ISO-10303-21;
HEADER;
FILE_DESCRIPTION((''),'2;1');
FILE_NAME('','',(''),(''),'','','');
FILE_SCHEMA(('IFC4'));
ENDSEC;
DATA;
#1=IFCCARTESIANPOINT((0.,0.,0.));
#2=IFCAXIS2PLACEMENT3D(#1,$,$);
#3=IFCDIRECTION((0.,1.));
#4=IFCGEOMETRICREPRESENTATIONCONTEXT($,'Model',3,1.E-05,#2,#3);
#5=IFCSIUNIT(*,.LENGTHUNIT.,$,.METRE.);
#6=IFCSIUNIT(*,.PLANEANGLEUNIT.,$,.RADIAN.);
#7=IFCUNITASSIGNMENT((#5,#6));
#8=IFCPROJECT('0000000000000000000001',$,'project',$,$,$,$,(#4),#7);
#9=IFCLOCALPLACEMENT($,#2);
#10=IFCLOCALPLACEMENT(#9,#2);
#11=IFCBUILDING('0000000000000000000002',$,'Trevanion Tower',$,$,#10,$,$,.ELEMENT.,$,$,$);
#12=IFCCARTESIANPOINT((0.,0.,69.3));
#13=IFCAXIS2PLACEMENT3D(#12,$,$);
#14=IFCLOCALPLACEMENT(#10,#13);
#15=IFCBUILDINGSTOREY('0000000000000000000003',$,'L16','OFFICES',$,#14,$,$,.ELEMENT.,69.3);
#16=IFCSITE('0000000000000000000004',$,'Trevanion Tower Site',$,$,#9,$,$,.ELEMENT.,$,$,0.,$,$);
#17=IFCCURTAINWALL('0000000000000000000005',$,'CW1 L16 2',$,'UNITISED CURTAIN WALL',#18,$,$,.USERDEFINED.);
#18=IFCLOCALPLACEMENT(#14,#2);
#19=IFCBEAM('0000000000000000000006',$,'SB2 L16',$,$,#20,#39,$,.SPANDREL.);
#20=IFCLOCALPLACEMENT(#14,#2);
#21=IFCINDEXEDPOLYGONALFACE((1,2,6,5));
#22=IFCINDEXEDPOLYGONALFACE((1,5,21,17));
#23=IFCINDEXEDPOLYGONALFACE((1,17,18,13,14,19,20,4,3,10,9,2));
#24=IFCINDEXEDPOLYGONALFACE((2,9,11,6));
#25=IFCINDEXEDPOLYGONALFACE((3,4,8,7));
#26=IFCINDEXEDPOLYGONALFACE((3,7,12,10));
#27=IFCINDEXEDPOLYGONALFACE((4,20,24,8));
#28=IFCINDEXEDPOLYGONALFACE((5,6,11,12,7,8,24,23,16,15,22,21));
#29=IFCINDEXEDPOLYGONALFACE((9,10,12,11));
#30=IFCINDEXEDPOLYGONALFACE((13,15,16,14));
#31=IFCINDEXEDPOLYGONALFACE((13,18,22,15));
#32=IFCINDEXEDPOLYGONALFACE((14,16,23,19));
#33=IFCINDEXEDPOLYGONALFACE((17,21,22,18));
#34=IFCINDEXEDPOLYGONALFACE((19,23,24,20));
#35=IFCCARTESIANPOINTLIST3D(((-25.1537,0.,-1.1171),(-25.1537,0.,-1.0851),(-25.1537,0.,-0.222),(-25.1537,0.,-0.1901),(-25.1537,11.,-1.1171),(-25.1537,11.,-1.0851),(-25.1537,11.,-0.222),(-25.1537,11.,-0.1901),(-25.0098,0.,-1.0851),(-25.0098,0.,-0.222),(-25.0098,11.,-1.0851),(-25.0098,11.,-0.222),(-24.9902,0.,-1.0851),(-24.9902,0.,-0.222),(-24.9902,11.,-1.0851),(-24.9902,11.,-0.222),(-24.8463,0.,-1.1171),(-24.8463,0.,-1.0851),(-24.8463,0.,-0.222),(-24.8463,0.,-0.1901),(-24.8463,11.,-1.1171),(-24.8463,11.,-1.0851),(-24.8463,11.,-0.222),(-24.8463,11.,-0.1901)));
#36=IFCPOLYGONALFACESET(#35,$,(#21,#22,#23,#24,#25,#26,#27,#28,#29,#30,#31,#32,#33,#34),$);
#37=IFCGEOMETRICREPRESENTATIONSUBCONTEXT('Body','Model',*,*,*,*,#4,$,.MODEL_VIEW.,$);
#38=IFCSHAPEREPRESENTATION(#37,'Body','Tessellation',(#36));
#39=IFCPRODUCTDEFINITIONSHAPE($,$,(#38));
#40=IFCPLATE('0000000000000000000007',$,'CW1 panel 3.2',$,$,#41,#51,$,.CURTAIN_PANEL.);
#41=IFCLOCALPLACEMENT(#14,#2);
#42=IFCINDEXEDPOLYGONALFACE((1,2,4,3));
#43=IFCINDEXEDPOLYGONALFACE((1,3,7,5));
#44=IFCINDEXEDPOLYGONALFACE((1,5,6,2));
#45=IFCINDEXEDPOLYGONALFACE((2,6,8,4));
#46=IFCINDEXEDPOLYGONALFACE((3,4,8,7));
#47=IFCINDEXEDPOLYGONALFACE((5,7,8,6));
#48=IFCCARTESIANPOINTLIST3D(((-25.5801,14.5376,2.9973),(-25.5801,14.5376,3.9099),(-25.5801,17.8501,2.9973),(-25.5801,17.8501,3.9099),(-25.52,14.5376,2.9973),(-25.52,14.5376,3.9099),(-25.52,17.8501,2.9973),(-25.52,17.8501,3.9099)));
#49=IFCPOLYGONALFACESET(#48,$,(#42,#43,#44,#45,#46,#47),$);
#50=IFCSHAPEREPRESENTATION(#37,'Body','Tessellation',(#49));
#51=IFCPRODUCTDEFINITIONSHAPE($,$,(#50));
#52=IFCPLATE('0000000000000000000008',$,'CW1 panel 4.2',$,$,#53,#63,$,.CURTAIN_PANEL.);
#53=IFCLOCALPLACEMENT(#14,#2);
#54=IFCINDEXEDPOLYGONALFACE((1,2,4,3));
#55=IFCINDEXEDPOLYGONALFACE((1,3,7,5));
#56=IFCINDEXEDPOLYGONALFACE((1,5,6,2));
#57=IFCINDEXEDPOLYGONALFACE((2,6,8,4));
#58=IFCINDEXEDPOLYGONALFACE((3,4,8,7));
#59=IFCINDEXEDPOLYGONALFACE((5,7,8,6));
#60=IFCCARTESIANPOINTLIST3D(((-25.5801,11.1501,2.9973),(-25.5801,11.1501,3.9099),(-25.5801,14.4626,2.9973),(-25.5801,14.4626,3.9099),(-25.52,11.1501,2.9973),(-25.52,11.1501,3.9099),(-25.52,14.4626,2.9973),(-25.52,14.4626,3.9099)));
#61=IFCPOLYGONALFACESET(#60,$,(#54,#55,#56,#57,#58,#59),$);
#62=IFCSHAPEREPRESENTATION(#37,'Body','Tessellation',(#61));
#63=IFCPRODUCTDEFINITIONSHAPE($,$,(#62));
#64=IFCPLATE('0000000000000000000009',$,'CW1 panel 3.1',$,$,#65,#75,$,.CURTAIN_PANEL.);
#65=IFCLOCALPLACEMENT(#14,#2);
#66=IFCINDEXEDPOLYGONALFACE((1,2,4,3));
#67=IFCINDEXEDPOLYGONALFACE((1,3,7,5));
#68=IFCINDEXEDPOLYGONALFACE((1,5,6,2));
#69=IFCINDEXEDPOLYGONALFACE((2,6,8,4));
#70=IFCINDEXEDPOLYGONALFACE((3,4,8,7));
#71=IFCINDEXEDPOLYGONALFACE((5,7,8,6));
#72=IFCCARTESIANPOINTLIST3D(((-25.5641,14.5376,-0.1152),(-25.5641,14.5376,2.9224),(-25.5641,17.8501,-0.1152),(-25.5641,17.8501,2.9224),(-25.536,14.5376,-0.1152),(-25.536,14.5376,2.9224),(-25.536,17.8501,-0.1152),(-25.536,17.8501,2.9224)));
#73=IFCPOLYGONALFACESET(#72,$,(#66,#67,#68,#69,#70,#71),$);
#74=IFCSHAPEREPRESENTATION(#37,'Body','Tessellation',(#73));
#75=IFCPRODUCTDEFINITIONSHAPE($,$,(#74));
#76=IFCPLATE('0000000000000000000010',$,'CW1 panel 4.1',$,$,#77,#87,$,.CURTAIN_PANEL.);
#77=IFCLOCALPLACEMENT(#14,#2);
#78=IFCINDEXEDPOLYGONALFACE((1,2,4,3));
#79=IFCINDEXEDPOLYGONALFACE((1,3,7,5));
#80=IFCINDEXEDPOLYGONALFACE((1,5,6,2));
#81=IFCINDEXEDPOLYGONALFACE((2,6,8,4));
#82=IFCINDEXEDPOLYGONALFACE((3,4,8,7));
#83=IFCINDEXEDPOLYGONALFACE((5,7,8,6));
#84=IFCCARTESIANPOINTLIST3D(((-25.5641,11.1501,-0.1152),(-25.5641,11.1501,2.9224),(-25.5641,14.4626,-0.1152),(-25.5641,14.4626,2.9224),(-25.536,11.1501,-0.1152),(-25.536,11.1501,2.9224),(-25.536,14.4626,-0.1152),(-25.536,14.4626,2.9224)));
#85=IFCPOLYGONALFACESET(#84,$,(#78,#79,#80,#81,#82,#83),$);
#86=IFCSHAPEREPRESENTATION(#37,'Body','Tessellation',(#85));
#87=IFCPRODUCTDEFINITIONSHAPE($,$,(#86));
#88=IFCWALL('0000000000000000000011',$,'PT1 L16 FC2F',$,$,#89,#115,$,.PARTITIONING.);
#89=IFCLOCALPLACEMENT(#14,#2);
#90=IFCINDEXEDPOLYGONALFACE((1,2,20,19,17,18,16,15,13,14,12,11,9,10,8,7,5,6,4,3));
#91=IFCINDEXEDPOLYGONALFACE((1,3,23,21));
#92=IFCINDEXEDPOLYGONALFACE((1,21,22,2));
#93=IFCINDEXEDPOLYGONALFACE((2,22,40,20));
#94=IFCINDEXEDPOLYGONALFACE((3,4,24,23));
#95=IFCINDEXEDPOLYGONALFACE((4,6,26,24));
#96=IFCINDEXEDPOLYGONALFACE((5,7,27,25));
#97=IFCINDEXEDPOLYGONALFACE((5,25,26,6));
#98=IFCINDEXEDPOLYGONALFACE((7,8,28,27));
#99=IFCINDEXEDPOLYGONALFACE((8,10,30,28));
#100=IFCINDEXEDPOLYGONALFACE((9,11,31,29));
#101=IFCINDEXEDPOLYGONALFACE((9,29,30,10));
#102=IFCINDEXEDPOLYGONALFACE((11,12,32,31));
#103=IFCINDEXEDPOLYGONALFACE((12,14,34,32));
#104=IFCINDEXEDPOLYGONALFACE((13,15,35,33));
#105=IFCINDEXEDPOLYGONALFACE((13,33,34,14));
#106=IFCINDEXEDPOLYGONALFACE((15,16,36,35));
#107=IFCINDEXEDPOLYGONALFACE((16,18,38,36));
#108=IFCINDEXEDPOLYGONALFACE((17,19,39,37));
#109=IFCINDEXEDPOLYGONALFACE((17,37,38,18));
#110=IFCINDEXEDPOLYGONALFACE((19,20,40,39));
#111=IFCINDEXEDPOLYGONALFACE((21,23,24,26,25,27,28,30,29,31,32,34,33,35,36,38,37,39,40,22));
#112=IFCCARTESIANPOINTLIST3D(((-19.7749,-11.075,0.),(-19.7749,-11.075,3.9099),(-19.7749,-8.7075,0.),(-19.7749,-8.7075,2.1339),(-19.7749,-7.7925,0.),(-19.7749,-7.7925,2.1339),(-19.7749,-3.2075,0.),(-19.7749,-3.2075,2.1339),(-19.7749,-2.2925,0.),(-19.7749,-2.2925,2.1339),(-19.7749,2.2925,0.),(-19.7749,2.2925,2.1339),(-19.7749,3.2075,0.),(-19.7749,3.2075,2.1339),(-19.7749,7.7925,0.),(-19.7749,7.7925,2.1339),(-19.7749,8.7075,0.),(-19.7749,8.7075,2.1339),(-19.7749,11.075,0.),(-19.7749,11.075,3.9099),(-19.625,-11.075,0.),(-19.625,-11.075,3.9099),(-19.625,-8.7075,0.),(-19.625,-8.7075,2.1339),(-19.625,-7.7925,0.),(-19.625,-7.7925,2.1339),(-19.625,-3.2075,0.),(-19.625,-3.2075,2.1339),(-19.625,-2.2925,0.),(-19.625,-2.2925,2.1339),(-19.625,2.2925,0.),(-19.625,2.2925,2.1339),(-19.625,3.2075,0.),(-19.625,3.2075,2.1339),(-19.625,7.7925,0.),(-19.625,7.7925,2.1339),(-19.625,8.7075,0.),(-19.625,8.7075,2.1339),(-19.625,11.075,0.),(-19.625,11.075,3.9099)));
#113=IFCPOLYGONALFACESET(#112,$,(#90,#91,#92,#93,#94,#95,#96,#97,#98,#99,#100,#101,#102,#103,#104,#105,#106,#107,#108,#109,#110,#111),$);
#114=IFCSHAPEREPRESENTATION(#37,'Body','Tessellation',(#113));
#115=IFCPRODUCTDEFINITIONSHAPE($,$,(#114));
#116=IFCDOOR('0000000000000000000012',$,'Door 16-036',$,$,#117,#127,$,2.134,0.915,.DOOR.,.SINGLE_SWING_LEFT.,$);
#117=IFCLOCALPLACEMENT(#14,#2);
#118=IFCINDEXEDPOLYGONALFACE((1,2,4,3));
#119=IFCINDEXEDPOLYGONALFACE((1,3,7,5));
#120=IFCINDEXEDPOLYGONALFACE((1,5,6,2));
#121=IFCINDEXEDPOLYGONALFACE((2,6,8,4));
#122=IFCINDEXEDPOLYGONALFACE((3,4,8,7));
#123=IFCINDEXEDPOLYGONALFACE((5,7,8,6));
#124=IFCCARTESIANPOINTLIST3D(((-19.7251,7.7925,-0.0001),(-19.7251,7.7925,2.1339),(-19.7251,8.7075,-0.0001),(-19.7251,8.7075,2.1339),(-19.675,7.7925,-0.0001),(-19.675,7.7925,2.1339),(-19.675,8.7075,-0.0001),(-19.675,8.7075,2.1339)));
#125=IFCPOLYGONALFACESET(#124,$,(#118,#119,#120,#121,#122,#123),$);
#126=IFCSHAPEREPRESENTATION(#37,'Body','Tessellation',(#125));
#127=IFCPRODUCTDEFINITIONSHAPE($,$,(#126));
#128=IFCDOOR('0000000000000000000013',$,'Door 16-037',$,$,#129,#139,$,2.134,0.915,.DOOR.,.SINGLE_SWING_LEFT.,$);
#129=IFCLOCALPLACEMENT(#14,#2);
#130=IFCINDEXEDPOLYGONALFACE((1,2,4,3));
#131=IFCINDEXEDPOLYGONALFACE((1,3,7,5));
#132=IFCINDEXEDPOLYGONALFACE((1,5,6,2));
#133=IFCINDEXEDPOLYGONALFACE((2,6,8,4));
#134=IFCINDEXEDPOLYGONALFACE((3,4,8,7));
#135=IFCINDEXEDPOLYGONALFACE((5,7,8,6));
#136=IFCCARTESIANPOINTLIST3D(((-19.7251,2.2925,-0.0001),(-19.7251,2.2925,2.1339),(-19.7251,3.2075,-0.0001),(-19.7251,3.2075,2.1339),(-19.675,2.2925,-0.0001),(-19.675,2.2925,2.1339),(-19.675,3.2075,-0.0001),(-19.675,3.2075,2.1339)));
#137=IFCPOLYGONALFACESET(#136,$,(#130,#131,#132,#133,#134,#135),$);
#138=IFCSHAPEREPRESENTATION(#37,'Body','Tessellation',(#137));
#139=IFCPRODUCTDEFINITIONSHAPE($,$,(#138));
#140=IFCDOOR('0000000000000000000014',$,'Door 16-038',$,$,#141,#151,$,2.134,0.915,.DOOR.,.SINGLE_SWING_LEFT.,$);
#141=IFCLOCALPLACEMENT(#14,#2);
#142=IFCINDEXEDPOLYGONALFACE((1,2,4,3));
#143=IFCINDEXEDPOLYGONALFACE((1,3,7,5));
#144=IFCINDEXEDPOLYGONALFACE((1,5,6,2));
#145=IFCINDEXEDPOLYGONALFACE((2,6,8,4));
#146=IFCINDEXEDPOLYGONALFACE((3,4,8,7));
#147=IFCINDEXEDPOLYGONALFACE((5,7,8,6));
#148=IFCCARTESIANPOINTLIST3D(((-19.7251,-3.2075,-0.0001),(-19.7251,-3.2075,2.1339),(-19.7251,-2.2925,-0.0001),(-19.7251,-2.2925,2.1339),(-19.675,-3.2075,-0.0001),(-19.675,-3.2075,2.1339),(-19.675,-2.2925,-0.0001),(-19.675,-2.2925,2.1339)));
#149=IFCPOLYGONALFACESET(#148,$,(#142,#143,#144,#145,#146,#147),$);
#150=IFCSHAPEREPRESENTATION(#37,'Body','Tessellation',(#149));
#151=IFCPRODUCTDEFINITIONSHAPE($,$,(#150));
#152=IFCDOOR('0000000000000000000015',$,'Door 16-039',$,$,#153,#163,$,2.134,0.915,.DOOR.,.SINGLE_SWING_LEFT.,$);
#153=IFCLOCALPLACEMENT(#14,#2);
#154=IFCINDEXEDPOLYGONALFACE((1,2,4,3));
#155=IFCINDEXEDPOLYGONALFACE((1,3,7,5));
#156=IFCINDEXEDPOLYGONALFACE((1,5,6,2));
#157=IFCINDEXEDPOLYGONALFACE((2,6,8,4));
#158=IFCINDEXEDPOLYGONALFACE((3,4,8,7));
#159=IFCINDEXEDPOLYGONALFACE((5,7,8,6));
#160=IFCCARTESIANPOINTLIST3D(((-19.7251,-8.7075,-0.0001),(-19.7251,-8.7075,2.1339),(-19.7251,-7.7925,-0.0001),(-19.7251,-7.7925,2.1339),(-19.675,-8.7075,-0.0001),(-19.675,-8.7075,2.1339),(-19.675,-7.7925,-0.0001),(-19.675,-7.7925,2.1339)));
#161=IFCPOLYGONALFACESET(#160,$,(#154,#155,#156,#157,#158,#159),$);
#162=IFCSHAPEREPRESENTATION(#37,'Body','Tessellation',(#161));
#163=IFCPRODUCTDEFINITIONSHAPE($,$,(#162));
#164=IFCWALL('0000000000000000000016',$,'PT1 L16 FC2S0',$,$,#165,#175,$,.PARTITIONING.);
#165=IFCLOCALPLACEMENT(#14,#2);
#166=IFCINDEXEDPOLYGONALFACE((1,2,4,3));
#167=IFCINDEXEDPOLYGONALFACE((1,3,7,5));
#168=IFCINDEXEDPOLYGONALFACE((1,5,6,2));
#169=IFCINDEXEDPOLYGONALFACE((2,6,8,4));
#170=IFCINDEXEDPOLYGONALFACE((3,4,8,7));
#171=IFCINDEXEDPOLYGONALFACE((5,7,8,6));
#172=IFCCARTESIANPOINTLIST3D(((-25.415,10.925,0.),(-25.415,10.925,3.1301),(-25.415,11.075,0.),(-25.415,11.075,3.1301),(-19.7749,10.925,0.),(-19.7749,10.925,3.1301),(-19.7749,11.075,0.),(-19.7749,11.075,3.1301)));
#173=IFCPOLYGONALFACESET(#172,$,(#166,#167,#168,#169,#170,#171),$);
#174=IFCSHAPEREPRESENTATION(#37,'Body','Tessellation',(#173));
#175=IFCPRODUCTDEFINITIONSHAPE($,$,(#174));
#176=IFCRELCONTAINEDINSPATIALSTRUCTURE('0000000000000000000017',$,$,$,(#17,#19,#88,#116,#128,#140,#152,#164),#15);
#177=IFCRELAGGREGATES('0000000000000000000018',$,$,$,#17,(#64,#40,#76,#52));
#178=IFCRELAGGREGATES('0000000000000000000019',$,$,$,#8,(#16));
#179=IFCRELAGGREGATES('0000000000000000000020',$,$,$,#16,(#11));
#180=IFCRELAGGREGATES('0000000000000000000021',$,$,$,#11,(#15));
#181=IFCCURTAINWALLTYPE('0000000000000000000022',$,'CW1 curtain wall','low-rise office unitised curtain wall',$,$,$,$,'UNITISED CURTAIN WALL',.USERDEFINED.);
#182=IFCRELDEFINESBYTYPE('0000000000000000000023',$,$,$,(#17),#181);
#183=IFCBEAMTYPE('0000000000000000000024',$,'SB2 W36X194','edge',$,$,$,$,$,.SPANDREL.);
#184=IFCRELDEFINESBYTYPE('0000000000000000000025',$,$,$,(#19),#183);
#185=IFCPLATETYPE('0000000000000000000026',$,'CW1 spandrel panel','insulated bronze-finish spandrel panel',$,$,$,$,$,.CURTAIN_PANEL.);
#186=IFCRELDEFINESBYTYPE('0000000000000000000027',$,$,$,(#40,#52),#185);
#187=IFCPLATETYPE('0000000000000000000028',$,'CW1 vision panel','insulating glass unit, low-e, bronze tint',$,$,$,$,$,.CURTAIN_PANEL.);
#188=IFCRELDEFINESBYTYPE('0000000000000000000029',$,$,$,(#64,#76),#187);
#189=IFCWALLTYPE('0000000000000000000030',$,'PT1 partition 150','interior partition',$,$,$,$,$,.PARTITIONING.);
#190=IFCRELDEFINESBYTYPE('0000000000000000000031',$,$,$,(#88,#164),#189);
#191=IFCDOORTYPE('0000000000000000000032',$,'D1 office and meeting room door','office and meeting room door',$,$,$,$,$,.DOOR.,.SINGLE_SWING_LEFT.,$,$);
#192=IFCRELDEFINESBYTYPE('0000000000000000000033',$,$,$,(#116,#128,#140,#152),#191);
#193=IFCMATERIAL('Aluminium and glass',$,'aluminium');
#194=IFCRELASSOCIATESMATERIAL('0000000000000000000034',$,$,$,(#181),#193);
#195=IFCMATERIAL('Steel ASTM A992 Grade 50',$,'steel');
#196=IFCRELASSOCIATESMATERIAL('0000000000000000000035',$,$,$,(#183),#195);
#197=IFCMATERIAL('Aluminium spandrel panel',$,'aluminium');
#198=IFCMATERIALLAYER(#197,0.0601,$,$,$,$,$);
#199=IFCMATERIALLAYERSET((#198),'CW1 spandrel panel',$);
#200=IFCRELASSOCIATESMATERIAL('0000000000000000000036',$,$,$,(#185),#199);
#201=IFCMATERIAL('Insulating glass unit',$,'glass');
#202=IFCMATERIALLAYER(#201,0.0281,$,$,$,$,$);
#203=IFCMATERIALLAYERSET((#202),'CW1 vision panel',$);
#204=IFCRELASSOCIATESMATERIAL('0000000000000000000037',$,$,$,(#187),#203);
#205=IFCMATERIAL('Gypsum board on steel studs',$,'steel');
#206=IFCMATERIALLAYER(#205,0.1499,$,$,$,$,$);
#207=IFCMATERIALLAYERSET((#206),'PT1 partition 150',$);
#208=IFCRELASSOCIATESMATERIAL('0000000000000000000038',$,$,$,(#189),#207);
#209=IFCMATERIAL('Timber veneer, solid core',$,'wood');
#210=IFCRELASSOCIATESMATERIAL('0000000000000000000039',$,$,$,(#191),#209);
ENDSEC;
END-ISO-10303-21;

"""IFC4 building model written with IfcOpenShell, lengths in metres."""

from ifc_helpers import new_model, si_unit, direction, frame, frame_2d, origin, origin_2d, place, context, subcontext, project, spatial, rectangle, i_section, extrude, material, layer, layer_set, material_profile, profile_set, type_object, element, fill, aggregate, save


model = new_model("IFC4")

# Units and contexts
model_context = context("Model", 3, precision=1e-05, world=origin(), true_north=direction((0.0, 1.0)))
body_context = subcontext(model_context, "Body", "Model", "MODEL_VIEW")
ifc_project = project(units=[si_unit("LENGTHUNIT", "METRE"), si_unit("PLANEANGLEUNIT", "RADIAN")], contexts=[model_context])

# Site, building, storey
site_placement = place(None, origin())
site = spatial("IfcSite", under=ifc_project, at=site_placement, Name="Trevanion Tower Site", CompositionType="ELEMENT", RefElevation=0.0)
building_placement = place(site_placement, origin())
building = spatial("IfcBuilding", under=site, at=building_placement, Name="Trevanion Tower", CompositionType="ELEMENT")
storey_placement = place(building_placement, frame((0.0, 0.0, 69.3)))
storey = spatial("IfcBuildingStorey", under=building, at=storey_placement, Name="L16", Description="OFFICES", CompositionType="ELEMENT", Elevation=69.3)

# Curtain wall
ifc_material_1 = material(Name="Aluminium and glass", Category="aluminium")
curtain_wall_type = type_object("IfcCurtainWallType", Name="CW1 curtain wall", Description="low-rise office unitised curtain wall", ElementType="UNITISED CURTAIN WALL", PredefinedType="USERDEFINED", material=ifc_material_1)
curtain_wall_placement = place(storey_placement, origin())
curtain_wall = element("IfcCurtainWall", 1, at=curtain_wall_placement, inside=storey, type_object=curtain_wall_type, Name="CW1 L16 2", ObjectType="UNITISED CURTAIN WALL", PredefinedType="USERDEFINED")

# Beam
ifc_material_2 = material(Name="Steel ASTM A992 Grade 50", Category="steel")
ifc_material_profile_1 = material_profile(ifc_material_2, i_section(OverallWidth=0.3074, OverallDepth=0.927, WebThickness=0.0195, FlangeThickness=0.032, at=origin_2d()), Name="W36X194")
ifc_profile_set_1 = profile_set([ifc_material_profile_1], Name="Steel ASTM A992 Grade 50")
beam_type = type_object("IfcBeamType", Name="SB2 W36X194", Description="edge", PredefinedType="SPANDREL", material=ifc_profile_set_1)
beam_1_placement = place(storey_placement, frame((-25.0, 11.0, -0.6536), z_axis=(0.0, -1.0, 0.0), x_axis=(1.0, 0.0, 0.0)))
element("IfcBeam", 2, at=beam_1_placement, inside=storey, type_object=beam_type, Name="SB2 L16", PredefinedType="SPANDREL", context=body_context, shape_type="SweptSolid", body=[
    extrude(i_section(OverallWidth=0.3074, OverallDepth=0.927, WebThickness=0.0195, FlangeThickness=0.032, at=origin_2d()), origin(), (0.0, 0.0, 1.0), 11.0),
])

# Plates
ifc_material_3 = material(Name="Aluminium spandrel panel", Category="aluminium")
ifc_layer_1 = layer(ifc_material_3, 0.0601)
ifc_layer_set_1 = layer_set([ifc_layer_1], Name="CW1 spandrel panel")
plate_type_1 = type_object("IfcPlateType", Name="CW1 spandrel panel", Description="insulated bronze-finish spandrel panel", PredefinedType="CURTAIN_PANEL", material=ifc_layer_set_1)
plate_1_placement = place(storey_placement, frame((-25.55, 16.1938, 2.9973), z_axis=(0.0, 0.0, 1.0), x_axis=(0.0, -1.0, 0.0)))
plate_1 = element("IfcPlate", 3, at=plate_1_placement, type_object=plate_type_1, Name="CW1 panel 3.2", PredefinedType="CURTAIN_PANEL", context=body_context, shape_type="SweptSolid", body=[
    extrude(rectangle(XDim=3.3125, YDim=0.0601, at=origin_2d()), origin(), (0.0, 0.0, 1.0), 0.9126),
])
plate_2_placement = place(storey_placement, frame((-25.55, 12.8064, 2.9973), z_axis=(0.0, 0.0, 1.0), x_axis=(0.0, -1.0, 0.0)))
plate_2 = element("IfcPlate", 4, at=plate_2_placement, type_object=plate_type_1, Name="CW1 panel 4.2", PredefinedType="CURTAIN_PANEL", context=body_context, shape_type="SweptSolid", body=[
    extrude(rectangle(XDim=3.3125, YDim=0.0601, at=origin_2d()), origin(), (0.0, 0.0, 1.0), 0.9126),
])
ifc_material_4 = material(Name="Insulating glass unit", Category="glass")
ifc_layer_2 = layer(ifc_material_4, 0.0281)
ifc_layer_set_2 = layer_set([ifc_layer_2], Name="CW1 vision panel")
plate_type_2 = type_object("IfcPlateType", Name="CW1 vision panel", Description="insulating glass unit, low-e, bronze tint", PredefinedType="CURTAIN_PANEL", material=ifc_layer_set_2)
plate_3_placement = place(storey_placement, frame((-25.55, 16.1938, -0.1152), z_axis=(0.0, 0.0, 1.0), x_axis=(0.0, -1.0, 0.0)))
plate_3 = element("IfcPlate", 5, at=plate_3_placement, type_object=plate_type_2, Name="CW1 panel 3.1", PredefinedType="CURTAIN_PANEL", context=body_context, shape_type="SweptSolid", body=[
    extrude(rectangle(XDim=3.3125, YDim=0.0281, at=origin_2d()), origin(), (0.0, 0.0, 1.0), 3.0376),
])
plate_4_placement = place(storey_placement, frame((-25.55, 12.8064, -0.1152), z_axis=(0.0, 0.0, 1.0), x_axis=(0.0, -1.0, 0.0)))
plate_4 = element("IfcPlate", 6, at=plate_4_placement, type_object=plate_type_2, Name="CW1 panel 4.1", PredefinedType="CURTAIN_PANEL", context=body_context, shape_type="SweptSolid", body=[
    extrude(rectangle(XDim=3.3125, YDim=0.0281, at=origin_2d()), origin(), (0.0, 0.0, 1.0), 3.0376),
])
aggregate(curtain_wall, [plate_3, plate_1, plate_4, plate_2])

# Wall, openings, doors
ifc_material_5 = material(Name="Gypsum board on steel studs", Category="steel")
ifc_layer_3 = layer(ifc_material_5, 0.1499)
ifc_layer_set_3 = layer_set([ifc_layer_3], Name="PT1 partition 150")
wall_type = type_object("IfcWallType", Name="PT1 partition 150", Description="interior partition", PredefinedType="PARTITIONING", material=ifc_layer_set_3)
wall_1_placement = place(storey_placement, frame((-19.7, 11.075, 0.0), z_axis=(0.0, 0.0, 1.0), x_axis=(0.0, -1.0, 0.0)))
wall_1 = element("IfcWall", 7, at=wall_1_placement, inside=storey, type_object=wall_type, Name="PT1 L16 FC2F", PredefinedType="PARTITIONING", context=body_context, shape_type="SweptSolid", body=[
    extrude(rectangle(XDim=22.1499, YDim=0.1499, at=frame_2d((11.075, 0.0))), origin(), (0.0, 0.0, 1.0), 3.9099),
])
opening_1_placement = place(wall_1_placement, frame((2.3674, 0.0, 0.0)))
opening_1 = element("IfcOpeningElement", 8, at=opening_1_placement, cuts=wall_1, PredefinedType="OPENING", context=body_context, shape_type="SweptSolid", body=[
    extrude(rectangle(XDim=0.915, YDim=2.134, at=frame_2d((0.4575, 1.0669))), frame((0.0, 0.085, 0.0), z_axis=(0.0, -1.0, 0.0), x_axis=(1.0, 0.0, 0.0)), (0.0, 0.0, 1.0), 0.1699),
])
opening_2_placement = place(wall_1_placement, frame((7.8674, 0.0, 0.0)))
opening_2 = element("IfcOpeningElement", 9, at=opening_2_placement, cuts=wall_1, PredefinedType="OPENING", context=body_context, shape_type="SweptSolid", body=[
    extrude(rectangle(XDim=0.915, YDim=2.134, at=frame_2d((0.4575, 1.0669))), frame((0.0, 0.085, 0.0), z_axis=(0.0, -1.0, 0.0), x_axis=(1.0, 0.0, 0.0)), (0.0, 0.0, 1.0), 0.1699),
])
opening_3_placement = place(wall_1_placement, frame((13.3674, 0.0, 0.0)))
opening_3 = element("IfcOpeningElement", 10, at=opening_3_placement, cuts=wall_1, PredefinedType="OPENING", context=body_context, shape_type="SweptSolid", body=[
    extrude(rectangle(XDim=0.915, YDim=2.134, at=frame_2d((0.4575, 1.0669))), frame((0.0, 0.085, 0.0), z_axis=(0.0, -1.0, 0.0), x_axis=(1.0, 0.0, 0.0)), (0.0, 0.0, 1.0), 0.1699),
])
opening_4_placement = place(wall_1_placement, frame((18.8674, 0.0, 0.0)))
opening_4 = element("IfcOpeningElement", 11, at=opening_4_placement, cuts=wall_1, PredefinedType="OPENING", context=body_context, shape_type="SweptSolid", body=[
    extrude(rectangle(XDim=0.915, YDim=2.134, at=frame_2d((0.4575, 1.0669))), frame((0.0, 0.085, 0.0), z_axis=(0.0, -1.0, 0.0), x_axis=(1.0, 0.0, 0.0)), (0.0, 0.0, 1.0), 0.1699),
])
ifc_material_6 = material(Name="Timber veneer, solid core", Category="wood")
door_type = type_object("IfcDoorType", Name="D1 office and meeting room door", Description="office and meeting room door", OperationType="SINGLE_SWING_LEFT", PredefinedType="DOOR", material=ifc_material_6)
door_1_placement = place(opening_1_placement, origin())
door_1 = element("IfcDoor", 12, at=door_1_placement, inside=storey, type_object=door_type, Name="Door 16-036", OperationType="SINGLE_SWING_LEFT", OverallHeight=2.134, OverallWidth=0.915, PredefinedType="DOOR", context=body_context, shape_type="SweptSolid", body=[
    extrude(rectangle(XDim=0.915, YDim=2.134, at=frame_2d((0.4575, 1.0669))), frame((0.0, 0.0249, 0.0), z_axis=(0.0, -1.0, 0.0), x_axis=(1.0, 0.0, 0.0)), (0.0, 0.0, 1.0), 0.05),
])
fill(opening_1, door_1)
door_2_placement = place(opening_2_placement, origin())
door_2 = element("IfcDoor", 13, at=door_2_placement, inside=storey, type_object=door_type, Name="Door 16-037", OperationType="SINGLE_SWING_LEFT", OverallHeight=2.134, OverallWidth=0.915, PredefinedType="DOOR", context=body_context, shape_type="SweptSolid", body=[
    extrude(rectangle(XDim=0.915, YDim=2.134, at=frame_2d((0.4575, 1.0669))), frame((0.0, 0.0249, 0.0), z_axis=(0.0, -1.0, 0.0), x_axis=(1.0, 0.0, 0.0)), (0.0, 0.0, 1.0), 0.05),
])
fill(opening_2, door_2)
door_3_placement = place(opening_3_placement, origin())
door_3 = element("IfcDoor", 14, at=door_3_placement, inside=storey, type_object=door_type, Name="Door 16-038", OperationType="SINGLE_SWING_LEFT", OverallHeight=2.134, OverallWidth=0.915, PredefinedType="DOOR", context=body_context, shape_type="SweptSolid", body=[
    extrude(rectangle(XDim=0.915, YDim=2.134, at=frame_2d((0.4575, 1.0669))), frame((0.0, 0.0249, 0.0), z_axis=(0.0, -1.0, 0.0), x_axis=(1.0, 0.0, 0.0)), (0.0, 0.0, 1.0), 0.05),
])
fill(opening_3, door_3)
door_4_placement = place(opening_4_placement, origin())
door_4 = element("IfcDoor", 15, at=door_4_placement, inside=storey, type_object=door_type, Name="Door 16-039", OperationType="SINGLE_SWING_LEFT", OverallHeight=2.134, OverallWidth=0.915, PredefinedType="DOOR", context=body_context, shape_type="SweptSolid", body=[
    extrude(rectangle(XDim=0.915, YDim=2.134, at=frame_2d((0.4575, 1.0669))), frame((0.0, 0.0249, 0.0), z_axis=(0.0, -1.0, 0.0), x_axis=(1.0, 0.0, 0.0)), (0.0, 0.0, 1.0), 0.05),
])
fill(opening_4, door_4)

# Wall
wall_2_placement = place(storey_placement, frame((-19.7749, 11.0, 0.0), z_axis=(0.0, 0.0, 1.0), x_axis=(-1.0, 0.0, 0.0)))
element("IfcWall", 16, at=wall_2_placement, inside=storey, type_object=wall_type, Name="PT1 L16 FC2S0", PredefinedType="PARTITIONING", context=body_context, shape_type="SweptSolid", body=[
    extrude(rectangle(XDim=5.6401, YDim=0.1499, at=frame_2d((2.8201, 0.0))), origin(), (0.0, 0.0, 1.0), 3.1301),
])

save(model, "model.ifc")
